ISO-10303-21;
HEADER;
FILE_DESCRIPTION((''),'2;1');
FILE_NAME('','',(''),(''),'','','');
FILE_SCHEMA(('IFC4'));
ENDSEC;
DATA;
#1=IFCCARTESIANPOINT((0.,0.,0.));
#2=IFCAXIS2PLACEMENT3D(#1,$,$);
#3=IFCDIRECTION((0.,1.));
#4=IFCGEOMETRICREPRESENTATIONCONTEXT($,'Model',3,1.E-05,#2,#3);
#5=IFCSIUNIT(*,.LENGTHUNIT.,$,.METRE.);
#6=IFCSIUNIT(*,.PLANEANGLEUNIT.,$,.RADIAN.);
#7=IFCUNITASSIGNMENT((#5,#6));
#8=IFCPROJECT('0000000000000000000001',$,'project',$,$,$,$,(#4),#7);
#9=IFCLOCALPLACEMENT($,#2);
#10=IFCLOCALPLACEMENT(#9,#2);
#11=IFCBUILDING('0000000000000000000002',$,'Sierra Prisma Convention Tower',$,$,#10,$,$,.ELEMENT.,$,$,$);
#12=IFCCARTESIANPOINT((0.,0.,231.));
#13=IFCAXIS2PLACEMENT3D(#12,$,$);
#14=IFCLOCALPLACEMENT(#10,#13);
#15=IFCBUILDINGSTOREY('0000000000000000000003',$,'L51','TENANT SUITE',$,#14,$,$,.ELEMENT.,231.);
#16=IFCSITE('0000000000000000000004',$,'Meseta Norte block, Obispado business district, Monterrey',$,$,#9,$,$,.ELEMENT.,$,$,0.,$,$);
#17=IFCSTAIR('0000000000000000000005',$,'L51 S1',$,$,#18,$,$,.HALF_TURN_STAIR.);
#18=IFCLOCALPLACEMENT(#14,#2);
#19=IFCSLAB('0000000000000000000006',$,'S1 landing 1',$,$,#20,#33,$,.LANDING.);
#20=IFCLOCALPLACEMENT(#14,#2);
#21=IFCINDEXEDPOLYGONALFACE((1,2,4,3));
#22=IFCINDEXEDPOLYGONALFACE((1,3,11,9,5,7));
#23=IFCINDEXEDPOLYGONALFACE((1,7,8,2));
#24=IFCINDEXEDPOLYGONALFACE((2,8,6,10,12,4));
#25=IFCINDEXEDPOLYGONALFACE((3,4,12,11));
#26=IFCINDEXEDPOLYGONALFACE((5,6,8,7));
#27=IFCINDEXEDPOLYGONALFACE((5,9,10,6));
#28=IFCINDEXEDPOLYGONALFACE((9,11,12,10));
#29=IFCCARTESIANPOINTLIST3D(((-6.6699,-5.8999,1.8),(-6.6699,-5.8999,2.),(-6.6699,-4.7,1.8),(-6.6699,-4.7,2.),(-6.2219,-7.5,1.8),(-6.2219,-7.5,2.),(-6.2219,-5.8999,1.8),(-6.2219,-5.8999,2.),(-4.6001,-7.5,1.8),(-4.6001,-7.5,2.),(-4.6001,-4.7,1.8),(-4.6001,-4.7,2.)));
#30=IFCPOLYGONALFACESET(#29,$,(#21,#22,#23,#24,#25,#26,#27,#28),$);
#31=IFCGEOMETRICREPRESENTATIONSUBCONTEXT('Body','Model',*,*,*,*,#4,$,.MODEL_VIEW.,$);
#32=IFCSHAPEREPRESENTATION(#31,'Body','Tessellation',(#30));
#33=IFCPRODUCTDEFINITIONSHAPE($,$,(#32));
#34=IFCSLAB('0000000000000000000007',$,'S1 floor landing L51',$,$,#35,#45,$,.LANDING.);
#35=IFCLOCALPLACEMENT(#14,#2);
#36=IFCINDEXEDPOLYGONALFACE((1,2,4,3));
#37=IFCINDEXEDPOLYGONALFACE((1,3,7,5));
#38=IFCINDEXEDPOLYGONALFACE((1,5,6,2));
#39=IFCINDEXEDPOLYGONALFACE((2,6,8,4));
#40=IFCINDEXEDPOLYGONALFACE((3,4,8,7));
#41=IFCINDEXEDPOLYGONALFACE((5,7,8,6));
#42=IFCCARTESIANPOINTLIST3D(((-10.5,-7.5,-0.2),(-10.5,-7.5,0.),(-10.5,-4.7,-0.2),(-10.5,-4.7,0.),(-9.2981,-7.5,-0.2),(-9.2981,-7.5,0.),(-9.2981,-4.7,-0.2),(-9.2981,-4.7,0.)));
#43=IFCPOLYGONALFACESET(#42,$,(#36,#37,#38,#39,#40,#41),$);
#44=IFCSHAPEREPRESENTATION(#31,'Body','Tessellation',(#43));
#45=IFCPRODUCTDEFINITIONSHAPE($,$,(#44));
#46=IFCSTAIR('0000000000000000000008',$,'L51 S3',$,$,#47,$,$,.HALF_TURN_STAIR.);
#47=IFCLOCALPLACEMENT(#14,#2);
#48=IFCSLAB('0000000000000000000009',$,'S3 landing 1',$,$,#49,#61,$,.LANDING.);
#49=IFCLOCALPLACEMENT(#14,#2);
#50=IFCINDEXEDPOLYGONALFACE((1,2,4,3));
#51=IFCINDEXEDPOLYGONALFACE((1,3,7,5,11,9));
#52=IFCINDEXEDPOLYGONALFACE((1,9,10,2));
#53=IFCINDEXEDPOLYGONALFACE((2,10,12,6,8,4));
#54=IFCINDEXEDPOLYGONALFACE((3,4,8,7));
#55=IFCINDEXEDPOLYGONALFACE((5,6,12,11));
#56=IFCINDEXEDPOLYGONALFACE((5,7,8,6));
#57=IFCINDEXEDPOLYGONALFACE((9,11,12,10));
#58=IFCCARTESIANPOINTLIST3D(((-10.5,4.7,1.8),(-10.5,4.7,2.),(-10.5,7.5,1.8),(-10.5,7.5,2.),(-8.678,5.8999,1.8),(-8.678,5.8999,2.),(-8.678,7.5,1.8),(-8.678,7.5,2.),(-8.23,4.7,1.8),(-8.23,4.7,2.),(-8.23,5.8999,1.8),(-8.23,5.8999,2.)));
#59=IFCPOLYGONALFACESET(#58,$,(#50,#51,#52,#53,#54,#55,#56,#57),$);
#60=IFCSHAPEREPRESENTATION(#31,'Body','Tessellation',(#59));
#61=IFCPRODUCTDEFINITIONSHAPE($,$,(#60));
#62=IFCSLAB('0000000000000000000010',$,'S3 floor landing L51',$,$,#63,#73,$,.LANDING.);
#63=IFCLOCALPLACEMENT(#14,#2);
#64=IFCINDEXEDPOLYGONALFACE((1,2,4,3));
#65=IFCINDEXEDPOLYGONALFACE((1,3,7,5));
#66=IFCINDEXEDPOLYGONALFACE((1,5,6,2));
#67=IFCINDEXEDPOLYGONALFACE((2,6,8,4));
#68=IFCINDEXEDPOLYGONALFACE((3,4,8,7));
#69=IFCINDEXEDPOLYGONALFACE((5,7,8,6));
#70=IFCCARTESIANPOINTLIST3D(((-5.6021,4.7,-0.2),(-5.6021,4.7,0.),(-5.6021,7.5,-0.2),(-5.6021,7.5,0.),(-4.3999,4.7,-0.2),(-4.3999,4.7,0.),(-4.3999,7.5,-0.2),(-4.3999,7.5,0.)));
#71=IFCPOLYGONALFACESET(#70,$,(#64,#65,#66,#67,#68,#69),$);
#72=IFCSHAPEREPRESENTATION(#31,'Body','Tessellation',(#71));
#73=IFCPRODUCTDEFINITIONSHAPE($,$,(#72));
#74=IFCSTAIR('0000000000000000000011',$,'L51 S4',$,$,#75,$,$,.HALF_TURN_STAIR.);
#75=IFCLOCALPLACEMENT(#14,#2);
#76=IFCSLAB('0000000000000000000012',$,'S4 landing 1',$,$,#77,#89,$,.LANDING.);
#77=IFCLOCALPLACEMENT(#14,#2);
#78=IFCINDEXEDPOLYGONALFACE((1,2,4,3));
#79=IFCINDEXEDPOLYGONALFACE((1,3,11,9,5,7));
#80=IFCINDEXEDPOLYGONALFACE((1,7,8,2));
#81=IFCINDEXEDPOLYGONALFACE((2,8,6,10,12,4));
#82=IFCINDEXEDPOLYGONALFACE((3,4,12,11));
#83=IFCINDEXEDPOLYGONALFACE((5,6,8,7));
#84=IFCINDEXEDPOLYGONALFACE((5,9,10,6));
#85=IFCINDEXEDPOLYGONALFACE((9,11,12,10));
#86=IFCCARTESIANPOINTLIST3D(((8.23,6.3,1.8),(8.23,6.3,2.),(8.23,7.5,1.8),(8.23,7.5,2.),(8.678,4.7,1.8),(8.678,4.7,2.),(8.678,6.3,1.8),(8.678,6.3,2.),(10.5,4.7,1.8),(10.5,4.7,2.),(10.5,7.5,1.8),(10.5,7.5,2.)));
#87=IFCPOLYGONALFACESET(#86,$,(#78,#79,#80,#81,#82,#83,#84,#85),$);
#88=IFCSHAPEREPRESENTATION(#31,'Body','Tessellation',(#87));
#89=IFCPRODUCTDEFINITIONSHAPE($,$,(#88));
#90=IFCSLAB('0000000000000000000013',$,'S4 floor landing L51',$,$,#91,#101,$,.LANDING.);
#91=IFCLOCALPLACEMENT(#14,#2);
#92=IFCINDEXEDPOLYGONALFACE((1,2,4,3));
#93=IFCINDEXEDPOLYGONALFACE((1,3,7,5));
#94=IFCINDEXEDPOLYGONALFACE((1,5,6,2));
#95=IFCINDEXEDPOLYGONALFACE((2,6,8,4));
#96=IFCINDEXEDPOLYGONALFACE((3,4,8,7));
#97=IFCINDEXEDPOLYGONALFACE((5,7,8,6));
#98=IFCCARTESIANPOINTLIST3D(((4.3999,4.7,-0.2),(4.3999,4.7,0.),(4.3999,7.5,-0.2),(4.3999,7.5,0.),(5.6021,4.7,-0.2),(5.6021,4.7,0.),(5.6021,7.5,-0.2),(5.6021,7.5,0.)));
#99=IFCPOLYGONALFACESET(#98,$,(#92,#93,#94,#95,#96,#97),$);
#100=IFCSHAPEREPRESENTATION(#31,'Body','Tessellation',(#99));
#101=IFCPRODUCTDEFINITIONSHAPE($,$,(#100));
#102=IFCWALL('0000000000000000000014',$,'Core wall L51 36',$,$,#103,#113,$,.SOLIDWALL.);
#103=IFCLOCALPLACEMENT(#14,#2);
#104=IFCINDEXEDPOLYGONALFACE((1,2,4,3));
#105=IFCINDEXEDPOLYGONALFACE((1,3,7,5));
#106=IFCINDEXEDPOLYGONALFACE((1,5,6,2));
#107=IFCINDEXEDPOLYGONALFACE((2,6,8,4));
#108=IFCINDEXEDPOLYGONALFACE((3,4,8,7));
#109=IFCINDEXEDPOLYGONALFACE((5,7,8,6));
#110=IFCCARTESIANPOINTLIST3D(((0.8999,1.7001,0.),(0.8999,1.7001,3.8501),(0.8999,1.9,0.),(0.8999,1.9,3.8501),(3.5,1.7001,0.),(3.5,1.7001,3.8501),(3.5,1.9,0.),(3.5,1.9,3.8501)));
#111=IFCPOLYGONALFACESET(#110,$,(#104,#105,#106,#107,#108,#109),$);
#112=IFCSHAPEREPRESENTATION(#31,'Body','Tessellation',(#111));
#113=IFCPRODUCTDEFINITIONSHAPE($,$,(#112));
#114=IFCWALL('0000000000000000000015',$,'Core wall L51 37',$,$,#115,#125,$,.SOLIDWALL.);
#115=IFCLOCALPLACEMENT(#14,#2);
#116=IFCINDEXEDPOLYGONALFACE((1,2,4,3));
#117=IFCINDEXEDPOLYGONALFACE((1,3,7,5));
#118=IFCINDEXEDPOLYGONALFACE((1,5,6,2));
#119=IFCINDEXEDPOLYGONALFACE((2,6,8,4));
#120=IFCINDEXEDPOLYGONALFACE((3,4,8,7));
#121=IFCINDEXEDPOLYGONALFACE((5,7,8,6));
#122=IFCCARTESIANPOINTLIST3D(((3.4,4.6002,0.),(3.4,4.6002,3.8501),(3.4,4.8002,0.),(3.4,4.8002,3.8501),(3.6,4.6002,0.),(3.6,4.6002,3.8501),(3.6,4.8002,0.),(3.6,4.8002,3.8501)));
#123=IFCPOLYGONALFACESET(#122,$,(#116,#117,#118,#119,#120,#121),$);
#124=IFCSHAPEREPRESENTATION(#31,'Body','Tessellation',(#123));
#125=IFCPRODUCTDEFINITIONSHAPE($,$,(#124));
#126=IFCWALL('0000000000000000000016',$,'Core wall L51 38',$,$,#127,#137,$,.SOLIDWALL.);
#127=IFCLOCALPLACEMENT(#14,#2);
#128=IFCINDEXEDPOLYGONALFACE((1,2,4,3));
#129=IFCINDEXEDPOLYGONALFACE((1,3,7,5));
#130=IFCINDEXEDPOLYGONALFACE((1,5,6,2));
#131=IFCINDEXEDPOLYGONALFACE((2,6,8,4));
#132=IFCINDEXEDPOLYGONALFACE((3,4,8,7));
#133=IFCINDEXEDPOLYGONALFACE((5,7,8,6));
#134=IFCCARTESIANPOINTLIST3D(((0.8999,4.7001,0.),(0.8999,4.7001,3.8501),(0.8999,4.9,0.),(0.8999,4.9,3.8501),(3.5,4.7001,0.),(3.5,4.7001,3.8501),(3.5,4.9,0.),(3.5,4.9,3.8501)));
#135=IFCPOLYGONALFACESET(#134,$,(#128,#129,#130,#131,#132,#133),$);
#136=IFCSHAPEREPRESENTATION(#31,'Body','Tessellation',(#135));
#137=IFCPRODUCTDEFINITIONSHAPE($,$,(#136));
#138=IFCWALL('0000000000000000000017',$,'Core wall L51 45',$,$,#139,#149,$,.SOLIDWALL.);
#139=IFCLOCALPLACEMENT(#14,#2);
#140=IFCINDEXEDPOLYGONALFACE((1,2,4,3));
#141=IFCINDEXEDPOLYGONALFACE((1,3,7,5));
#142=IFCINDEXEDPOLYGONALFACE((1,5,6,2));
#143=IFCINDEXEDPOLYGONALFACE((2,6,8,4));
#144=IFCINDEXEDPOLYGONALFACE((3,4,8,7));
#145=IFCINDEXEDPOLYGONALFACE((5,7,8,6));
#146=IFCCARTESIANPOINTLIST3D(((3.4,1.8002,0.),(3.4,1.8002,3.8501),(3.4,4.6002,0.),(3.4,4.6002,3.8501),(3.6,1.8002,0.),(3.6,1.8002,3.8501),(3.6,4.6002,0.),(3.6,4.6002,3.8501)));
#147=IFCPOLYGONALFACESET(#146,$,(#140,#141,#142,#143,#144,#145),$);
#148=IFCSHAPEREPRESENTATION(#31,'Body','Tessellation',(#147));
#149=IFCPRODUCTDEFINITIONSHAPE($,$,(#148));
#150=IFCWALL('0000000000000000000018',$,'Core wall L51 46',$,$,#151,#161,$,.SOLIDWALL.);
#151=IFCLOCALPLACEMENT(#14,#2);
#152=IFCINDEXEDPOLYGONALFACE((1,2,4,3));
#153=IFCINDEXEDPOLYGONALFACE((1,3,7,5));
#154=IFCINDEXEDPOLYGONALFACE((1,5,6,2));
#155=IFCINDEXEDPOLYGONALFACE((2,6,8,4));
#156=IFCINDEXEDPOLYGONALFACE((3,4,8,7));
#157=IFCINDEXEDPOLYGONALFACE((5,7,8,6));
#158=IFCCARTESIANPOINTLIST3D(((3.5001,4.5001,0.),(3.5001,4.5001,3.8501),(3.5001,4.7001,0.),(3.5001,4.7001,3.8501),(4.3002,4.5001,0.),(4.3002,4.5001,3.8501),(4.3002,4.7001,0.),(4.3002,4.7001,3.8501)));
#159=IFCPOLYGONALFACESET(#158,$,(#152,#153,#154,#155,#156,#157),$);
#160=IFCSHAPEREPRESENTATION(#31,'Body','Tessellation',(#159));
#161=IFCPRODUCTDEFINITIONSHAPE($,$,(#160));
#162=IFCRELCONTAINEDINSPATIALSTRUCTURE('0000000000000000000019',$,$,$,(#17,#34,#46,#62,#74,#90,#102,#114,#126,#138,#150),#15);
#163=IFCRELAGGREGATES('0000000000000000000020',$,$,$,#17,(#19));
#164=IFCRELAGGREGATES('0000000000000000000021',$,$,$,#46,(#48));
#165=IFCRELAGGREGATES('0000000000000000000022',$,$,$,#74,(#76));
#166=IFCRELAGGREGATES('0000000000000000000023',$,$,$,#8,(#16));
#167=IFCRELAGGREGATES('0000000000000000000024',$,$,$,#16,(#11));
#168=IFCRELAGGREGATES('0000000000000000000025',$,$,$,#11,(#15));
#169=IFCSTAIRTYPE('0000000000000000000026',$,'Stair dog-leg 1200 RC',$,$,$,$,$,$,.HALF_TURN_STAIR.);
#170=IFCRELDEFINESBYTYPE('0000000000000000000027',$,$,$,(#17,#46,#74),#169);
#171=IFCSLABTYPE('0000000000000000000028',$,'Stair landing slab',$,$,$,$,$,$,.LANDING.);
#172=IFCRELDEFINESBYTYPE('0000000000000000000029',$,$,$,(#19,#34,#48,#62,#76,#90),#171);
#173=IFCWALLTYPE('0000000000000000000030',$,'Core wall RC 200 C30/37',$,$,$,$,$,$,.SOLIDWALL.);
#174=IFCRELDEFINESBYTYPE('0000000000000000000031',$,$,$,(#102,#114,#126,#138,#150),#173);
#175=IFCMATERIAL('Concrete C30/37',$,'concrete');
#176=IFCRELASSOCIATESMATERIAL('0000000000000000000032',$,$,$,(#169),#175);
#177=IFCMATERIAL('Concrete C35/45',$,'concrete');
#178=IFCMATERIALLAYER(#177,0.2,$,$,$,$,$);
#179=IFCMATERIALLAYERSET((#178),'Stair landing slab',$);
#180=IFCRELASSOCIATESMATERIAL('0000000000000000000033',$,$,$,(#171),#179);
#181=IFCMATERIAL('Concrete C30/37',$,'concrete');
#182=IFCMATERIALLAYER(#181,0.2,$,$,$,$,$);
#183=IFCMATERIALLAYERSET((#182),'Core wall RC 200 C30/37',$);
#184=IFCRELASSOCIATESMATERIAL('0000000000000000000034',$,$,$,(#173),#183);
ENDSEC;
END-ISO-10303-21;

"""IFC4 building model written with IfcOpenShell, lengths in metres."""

from ifc_helpers import new_model, si_unit, direction, frame, frame_2d, origin, place, context, subcontext, project, spatial, polyline, rectangle, outline, extrude, material, layer, layer_set, type_object, element, aggregate, save


model = new_model("IFC4")

# Units and contexts
model_context = context("Model", 3, precision=1e-05, world=origin(), true_north=direction((0.0, 1.0)))
body_context = subcontext(model_context, "Body", "Model", "MODEL_VIEW")
ifc_project = project(units=[si_unit("LENGTHUNIT", "METRE"), si_unit("PLANEANGLEUNIT", "RADIAN")], contexts=[model_context])

# Site, building, storey
site_placement = place(None, origin())
site = spatial("IfcSite", under=ifc_project, at=site_placement, Name="Meseta Norte block, Obispado business district, Monterrey", CompositionType="ELEMENT", RefElevation=0.0)
building_placement = place(site_placement, origin())
building = spatial("IfcBuilding", under=site, at=building_placement, Name="Sierra Prisma Convention Tower", CompositionType="ELEMENT")
storey_placement = place(building_placement, frame((0.0, 0.0, 231.0)))
storey = spatial("IfcBuildingStorey", under=building, at=storey_placement, Name="L51", Description="TENANT SUITE", CompositionType="ELEMENT", Elevation=231.0)

# Stair, slab
ifc_material_1 = material(Name="Concrete C30/37", Category="concrete")
stair_type = type_object("IfcStairType", Name="Stair dog-leg 1200 RC", PredefinedType="HALF_TURN_STAIR", material=ifc_material_1)
stair_1_placement = place(storey_placement, origin())
stair_1 = element("IfcStair", 1, at=stair_1_placement, inside=storey, type_object=stair_type, Name="L51 S1", PredefinedType="HALF_TURN_STAIR")
ifc_material_2 = material(Name="Concrete C35/45", Category="concrete")
ifc_layer_1 = layer(ifc_material_2, 0.2)
ifc_layer_set_1 = layer_set([ifc_layer_1], Name="Stair landing slab")
slab_type = type_object("IfcSlabType", Name="Stair landing slab", PredefinedType="LANDING", material=ifc_layer_set_1)
slab_1_placement = place(storey_placement, frame((0.0, 0.0, 1.8)))
slab_1 = element("IfcSlab", 2, at=slab_1_placement, type_object=slab_type, Name="S1 landing 1", PredefinedType="LANDING", context=body_context, shape_type="SweptSolid", body=[
    extrude(outline(polyline([(-4.6001, -4.7), (-4.6001, -7.5), (-6.2219, -7.5), (-6.2219, -5.8999), (-6.6699, -5.8999), (-6.6699, -4.7), (-4.6001, -4.7)])), origin(), (0.0, 0.0, 1.0), 0.2),
])
aggregate(stair_1, [slab_1])

# Slab
slab_2_placement = place(storey_placement, frame((0.0, 0.0, -0.2)))
element("IfcSlab", 3, at=slab_2_placement, inside=storey, type_object=slab_type, Name="S1 floor landing L51", PredefinedType="LANDING", context=body_context, shape_type="SweptSolid", body=[
    extrude(outline(polyline([(-10.5, -7.5), (-9.2981, -7.5), (-9.2981, -4.7), (-10.5, -4.7), (-10.5, -7.5)])), origin(), (0.0, 0.0, 1.0), 0.2),
])

# Stair, slab
stair_2_placement = place(storey_placement, origin())
stair_2 = element("IfcStair", 4, at=stair_2_placement, inside=storey, type_object=stair_type, Name="L51 S3", PredefinedType="HALF_TURN_STAIR")
slab_3_placement = place(storey_placement, frame((0.0, 0.0, 1.8)))
slab_3 = element("IfcSlab", 5, at=slab_3_placement, type_object=slab_type, Name="S3 landing 1", PredefinedType="LANDING", context=body_context, shape_type="SweptSolid", body=[
    extrude(outline(polyline([(-8.23, 5.8999), (-8.23, 4.7), (-10.5, 4.7), (-10.5, 7.5), (-8.678, 7.5), (-8.678, 5.8999), (-8.23, 5.8999)])), origin(), (0.0, 0.0, 1.0), 0.2),
])
aggregate(stair_2, [slab_3])

# Slab
slab_4_placement = place(storey_placement, frame((0.0, 0.0, -0.2)))
element("IfcSlab", 6, at=slab_4_placement, inside=storey, type_object=slab_type, Name="S3 floor landing L51", PredefinedType="LANDING", context=body_context, shape_type="SweptSolid", body=[
    extrude(outline(polyline([(-4.3999, 7.5), (-5.6021, 7.5), (-5.6021, 4.7), (-4.3999, 4.7), (-4.3999, 7.5)])), origin(), (0.0, 0.0, 1.0), 0.2),
])

# Stair, slab
stair_3_placement = place(storey_placement, origin())
stair_3 = element("IfcStair", 7, at=stair_3_placement, inside=storey, type_object=stair_type, Name="L51 S4", PredefinedType="HALF_TURN_STAIR")
slab_5_placement = place(storey_placement, frame((0.0, 0.0, 1.8)))
slab_5 = element("IfcSlab", 8, at=slab_5_placement, type_object=slab_type, Name="S4 landing 1", PredefinedType="LANDING", context=body_context, shape_type="SweptSolid", body=[
    extrude(outline(polyline([(10.5, 7.5), (10.5, 4.7), (8.678, 4.7), (8.678, 6.3), (8.23, 6.3), (8.23, 7.5), (10.5, 7.5)])), origin(), (0.0, 0.0, 1.0), 0.2),
])
aggregate(stair_3, [slab_5])

# Slab
slab_6_placement = place(storey_placement, frame((0.0, 0.0, -0.2)))
element("IfcSlab", 9, at=slab_6_placement, inside=storey, type_object=slab_type, Name="S4 floor landing L51", PredefinedType="LANDING", context=body_context, shape_type="SweptSolid", body=[
    extrude(outline(polyline([(4.3999, 4.7), (5.6021, 4.7), (5.6021, 7.5), (4.3999, 7.5), (4.3999, 4.7)])), origin(), (0.0, 0.0, 1.0), 0.2),
])

# Shared definitions
ifc_material_3 = material(Name="Concrete C30/37", Category="concrete")
ifc_layer_2 = layer(ifc_material_3, 0.2)
ifc_layer_set_2 = layer_set([ifc_layer_2], Name="Core wall RC 200 C30/37")
wall_type_1 = type_object("IfcWallType", Name="Core wall RC 200 C30/37", PredefinedType="SOLIDWALL", material=ifc_layer_set_2)

# Walls
wall_1_placement = place(storey_placement, frame((3.5, 1.8, 0.0), z_axis=(0.0, 0.0, 1.0), x_axis=(-1.0, 0.0, 0.0)))
element("IfcWall", 10, at=wall_1_placement, inside=storey, type_object=wall_type_1, Name="Core wall L51 36", PredefinedType="SOLIDWALL", context=body_context, shape_type="SweptSolid", body=[
    extrude(rectangle(XDim=2.6001, YDim=0.2, at=frame_2d((1.3, 0.0))), origin(), (0.0, 0.0, 1.0), 3.8501),
])
wall_2_placement = place(storey_placement, frame((3.5, 4.6001, 0.0), z_axis=(0.0, 0.0, 1.0), x_axis=(0.0, 1.0, 0.0)))
element("IfcWall", 11, at=wall_2_placement, inside=storey, type_object=wall_type_1, Name="Core wall L51 37", PredefinedType="SOLIDWALL", context=body_context, shape_type="SweptSolid", body=[
    extrude(rectangle(XDim=0.2, YDim=0.2, at=frame_2d((0.1001, 0.0))), origin(), (0.0, 0.0, 1.0), 3.8501),
])
wall_3_placement = place(storey_placement, frame((3.5, 4.8, 0.0), z_axis=(0.0, 0.0, 1.0), x_axis=(-1.0, 0.0, 0.0)))
element("IfcWall", 12, at=wall_3_placement, inside=storey, type_object=wall_type_1, Name="Core wall L51 38", PredefinedType="SOLIDWALL", context=body_context, shape_type="SweptSolid", body=[
    extrude(rectangle(XDim=2.6001, YDim=0.2, at=frame_2d((1.3, 0.0))), origin(), (0.0, 0.0, 1.0), 3.8501),
])

# Walls
wall_4_placement = place(storey_placement, frame((3.5, 4.6001, 0.0), z_axis=(0.0, 0.0, 1.0), x_axis=(0.0, -1.0, 0.0)))
element("IfcWall", 13, at=wall_4_placement, inside=storey, type_object=wall_type_1, Name="Core wall L51 45", PredefinedType="SOLIDWALL", context=body_context, shape_type="SweptSolid", body=[
    extrude(rectangle(XDim=2.8, YDim=0.2, at=frame_2d((1.3999, 0.0))), origin(), (0.0, 0.0, 1.0), 3.8501),
])
wall_5_placement = place(storey_placement, frame((4.3, 4.6001, 0.0), z_axis=(0.0, 0.0, 1.0), x_axis=(-1.0, 0.0, 0.0)))
element("IfcWall", 14, at=wall_5_placement, inside=storey, type_object=wall_type_1, Name="Core wall L51 46", PredefinedType="SOLIDWALL", context=body_context, shape_type="SweptSolid", body=[
    extrude(rectangle(XDim=0.8, YDim=0.2, at=frame_2d((0.3999, 0.0))), origin(), (0.0, 0.0, 1.0), 3.8501),
])

save(model, "model.ifc")
